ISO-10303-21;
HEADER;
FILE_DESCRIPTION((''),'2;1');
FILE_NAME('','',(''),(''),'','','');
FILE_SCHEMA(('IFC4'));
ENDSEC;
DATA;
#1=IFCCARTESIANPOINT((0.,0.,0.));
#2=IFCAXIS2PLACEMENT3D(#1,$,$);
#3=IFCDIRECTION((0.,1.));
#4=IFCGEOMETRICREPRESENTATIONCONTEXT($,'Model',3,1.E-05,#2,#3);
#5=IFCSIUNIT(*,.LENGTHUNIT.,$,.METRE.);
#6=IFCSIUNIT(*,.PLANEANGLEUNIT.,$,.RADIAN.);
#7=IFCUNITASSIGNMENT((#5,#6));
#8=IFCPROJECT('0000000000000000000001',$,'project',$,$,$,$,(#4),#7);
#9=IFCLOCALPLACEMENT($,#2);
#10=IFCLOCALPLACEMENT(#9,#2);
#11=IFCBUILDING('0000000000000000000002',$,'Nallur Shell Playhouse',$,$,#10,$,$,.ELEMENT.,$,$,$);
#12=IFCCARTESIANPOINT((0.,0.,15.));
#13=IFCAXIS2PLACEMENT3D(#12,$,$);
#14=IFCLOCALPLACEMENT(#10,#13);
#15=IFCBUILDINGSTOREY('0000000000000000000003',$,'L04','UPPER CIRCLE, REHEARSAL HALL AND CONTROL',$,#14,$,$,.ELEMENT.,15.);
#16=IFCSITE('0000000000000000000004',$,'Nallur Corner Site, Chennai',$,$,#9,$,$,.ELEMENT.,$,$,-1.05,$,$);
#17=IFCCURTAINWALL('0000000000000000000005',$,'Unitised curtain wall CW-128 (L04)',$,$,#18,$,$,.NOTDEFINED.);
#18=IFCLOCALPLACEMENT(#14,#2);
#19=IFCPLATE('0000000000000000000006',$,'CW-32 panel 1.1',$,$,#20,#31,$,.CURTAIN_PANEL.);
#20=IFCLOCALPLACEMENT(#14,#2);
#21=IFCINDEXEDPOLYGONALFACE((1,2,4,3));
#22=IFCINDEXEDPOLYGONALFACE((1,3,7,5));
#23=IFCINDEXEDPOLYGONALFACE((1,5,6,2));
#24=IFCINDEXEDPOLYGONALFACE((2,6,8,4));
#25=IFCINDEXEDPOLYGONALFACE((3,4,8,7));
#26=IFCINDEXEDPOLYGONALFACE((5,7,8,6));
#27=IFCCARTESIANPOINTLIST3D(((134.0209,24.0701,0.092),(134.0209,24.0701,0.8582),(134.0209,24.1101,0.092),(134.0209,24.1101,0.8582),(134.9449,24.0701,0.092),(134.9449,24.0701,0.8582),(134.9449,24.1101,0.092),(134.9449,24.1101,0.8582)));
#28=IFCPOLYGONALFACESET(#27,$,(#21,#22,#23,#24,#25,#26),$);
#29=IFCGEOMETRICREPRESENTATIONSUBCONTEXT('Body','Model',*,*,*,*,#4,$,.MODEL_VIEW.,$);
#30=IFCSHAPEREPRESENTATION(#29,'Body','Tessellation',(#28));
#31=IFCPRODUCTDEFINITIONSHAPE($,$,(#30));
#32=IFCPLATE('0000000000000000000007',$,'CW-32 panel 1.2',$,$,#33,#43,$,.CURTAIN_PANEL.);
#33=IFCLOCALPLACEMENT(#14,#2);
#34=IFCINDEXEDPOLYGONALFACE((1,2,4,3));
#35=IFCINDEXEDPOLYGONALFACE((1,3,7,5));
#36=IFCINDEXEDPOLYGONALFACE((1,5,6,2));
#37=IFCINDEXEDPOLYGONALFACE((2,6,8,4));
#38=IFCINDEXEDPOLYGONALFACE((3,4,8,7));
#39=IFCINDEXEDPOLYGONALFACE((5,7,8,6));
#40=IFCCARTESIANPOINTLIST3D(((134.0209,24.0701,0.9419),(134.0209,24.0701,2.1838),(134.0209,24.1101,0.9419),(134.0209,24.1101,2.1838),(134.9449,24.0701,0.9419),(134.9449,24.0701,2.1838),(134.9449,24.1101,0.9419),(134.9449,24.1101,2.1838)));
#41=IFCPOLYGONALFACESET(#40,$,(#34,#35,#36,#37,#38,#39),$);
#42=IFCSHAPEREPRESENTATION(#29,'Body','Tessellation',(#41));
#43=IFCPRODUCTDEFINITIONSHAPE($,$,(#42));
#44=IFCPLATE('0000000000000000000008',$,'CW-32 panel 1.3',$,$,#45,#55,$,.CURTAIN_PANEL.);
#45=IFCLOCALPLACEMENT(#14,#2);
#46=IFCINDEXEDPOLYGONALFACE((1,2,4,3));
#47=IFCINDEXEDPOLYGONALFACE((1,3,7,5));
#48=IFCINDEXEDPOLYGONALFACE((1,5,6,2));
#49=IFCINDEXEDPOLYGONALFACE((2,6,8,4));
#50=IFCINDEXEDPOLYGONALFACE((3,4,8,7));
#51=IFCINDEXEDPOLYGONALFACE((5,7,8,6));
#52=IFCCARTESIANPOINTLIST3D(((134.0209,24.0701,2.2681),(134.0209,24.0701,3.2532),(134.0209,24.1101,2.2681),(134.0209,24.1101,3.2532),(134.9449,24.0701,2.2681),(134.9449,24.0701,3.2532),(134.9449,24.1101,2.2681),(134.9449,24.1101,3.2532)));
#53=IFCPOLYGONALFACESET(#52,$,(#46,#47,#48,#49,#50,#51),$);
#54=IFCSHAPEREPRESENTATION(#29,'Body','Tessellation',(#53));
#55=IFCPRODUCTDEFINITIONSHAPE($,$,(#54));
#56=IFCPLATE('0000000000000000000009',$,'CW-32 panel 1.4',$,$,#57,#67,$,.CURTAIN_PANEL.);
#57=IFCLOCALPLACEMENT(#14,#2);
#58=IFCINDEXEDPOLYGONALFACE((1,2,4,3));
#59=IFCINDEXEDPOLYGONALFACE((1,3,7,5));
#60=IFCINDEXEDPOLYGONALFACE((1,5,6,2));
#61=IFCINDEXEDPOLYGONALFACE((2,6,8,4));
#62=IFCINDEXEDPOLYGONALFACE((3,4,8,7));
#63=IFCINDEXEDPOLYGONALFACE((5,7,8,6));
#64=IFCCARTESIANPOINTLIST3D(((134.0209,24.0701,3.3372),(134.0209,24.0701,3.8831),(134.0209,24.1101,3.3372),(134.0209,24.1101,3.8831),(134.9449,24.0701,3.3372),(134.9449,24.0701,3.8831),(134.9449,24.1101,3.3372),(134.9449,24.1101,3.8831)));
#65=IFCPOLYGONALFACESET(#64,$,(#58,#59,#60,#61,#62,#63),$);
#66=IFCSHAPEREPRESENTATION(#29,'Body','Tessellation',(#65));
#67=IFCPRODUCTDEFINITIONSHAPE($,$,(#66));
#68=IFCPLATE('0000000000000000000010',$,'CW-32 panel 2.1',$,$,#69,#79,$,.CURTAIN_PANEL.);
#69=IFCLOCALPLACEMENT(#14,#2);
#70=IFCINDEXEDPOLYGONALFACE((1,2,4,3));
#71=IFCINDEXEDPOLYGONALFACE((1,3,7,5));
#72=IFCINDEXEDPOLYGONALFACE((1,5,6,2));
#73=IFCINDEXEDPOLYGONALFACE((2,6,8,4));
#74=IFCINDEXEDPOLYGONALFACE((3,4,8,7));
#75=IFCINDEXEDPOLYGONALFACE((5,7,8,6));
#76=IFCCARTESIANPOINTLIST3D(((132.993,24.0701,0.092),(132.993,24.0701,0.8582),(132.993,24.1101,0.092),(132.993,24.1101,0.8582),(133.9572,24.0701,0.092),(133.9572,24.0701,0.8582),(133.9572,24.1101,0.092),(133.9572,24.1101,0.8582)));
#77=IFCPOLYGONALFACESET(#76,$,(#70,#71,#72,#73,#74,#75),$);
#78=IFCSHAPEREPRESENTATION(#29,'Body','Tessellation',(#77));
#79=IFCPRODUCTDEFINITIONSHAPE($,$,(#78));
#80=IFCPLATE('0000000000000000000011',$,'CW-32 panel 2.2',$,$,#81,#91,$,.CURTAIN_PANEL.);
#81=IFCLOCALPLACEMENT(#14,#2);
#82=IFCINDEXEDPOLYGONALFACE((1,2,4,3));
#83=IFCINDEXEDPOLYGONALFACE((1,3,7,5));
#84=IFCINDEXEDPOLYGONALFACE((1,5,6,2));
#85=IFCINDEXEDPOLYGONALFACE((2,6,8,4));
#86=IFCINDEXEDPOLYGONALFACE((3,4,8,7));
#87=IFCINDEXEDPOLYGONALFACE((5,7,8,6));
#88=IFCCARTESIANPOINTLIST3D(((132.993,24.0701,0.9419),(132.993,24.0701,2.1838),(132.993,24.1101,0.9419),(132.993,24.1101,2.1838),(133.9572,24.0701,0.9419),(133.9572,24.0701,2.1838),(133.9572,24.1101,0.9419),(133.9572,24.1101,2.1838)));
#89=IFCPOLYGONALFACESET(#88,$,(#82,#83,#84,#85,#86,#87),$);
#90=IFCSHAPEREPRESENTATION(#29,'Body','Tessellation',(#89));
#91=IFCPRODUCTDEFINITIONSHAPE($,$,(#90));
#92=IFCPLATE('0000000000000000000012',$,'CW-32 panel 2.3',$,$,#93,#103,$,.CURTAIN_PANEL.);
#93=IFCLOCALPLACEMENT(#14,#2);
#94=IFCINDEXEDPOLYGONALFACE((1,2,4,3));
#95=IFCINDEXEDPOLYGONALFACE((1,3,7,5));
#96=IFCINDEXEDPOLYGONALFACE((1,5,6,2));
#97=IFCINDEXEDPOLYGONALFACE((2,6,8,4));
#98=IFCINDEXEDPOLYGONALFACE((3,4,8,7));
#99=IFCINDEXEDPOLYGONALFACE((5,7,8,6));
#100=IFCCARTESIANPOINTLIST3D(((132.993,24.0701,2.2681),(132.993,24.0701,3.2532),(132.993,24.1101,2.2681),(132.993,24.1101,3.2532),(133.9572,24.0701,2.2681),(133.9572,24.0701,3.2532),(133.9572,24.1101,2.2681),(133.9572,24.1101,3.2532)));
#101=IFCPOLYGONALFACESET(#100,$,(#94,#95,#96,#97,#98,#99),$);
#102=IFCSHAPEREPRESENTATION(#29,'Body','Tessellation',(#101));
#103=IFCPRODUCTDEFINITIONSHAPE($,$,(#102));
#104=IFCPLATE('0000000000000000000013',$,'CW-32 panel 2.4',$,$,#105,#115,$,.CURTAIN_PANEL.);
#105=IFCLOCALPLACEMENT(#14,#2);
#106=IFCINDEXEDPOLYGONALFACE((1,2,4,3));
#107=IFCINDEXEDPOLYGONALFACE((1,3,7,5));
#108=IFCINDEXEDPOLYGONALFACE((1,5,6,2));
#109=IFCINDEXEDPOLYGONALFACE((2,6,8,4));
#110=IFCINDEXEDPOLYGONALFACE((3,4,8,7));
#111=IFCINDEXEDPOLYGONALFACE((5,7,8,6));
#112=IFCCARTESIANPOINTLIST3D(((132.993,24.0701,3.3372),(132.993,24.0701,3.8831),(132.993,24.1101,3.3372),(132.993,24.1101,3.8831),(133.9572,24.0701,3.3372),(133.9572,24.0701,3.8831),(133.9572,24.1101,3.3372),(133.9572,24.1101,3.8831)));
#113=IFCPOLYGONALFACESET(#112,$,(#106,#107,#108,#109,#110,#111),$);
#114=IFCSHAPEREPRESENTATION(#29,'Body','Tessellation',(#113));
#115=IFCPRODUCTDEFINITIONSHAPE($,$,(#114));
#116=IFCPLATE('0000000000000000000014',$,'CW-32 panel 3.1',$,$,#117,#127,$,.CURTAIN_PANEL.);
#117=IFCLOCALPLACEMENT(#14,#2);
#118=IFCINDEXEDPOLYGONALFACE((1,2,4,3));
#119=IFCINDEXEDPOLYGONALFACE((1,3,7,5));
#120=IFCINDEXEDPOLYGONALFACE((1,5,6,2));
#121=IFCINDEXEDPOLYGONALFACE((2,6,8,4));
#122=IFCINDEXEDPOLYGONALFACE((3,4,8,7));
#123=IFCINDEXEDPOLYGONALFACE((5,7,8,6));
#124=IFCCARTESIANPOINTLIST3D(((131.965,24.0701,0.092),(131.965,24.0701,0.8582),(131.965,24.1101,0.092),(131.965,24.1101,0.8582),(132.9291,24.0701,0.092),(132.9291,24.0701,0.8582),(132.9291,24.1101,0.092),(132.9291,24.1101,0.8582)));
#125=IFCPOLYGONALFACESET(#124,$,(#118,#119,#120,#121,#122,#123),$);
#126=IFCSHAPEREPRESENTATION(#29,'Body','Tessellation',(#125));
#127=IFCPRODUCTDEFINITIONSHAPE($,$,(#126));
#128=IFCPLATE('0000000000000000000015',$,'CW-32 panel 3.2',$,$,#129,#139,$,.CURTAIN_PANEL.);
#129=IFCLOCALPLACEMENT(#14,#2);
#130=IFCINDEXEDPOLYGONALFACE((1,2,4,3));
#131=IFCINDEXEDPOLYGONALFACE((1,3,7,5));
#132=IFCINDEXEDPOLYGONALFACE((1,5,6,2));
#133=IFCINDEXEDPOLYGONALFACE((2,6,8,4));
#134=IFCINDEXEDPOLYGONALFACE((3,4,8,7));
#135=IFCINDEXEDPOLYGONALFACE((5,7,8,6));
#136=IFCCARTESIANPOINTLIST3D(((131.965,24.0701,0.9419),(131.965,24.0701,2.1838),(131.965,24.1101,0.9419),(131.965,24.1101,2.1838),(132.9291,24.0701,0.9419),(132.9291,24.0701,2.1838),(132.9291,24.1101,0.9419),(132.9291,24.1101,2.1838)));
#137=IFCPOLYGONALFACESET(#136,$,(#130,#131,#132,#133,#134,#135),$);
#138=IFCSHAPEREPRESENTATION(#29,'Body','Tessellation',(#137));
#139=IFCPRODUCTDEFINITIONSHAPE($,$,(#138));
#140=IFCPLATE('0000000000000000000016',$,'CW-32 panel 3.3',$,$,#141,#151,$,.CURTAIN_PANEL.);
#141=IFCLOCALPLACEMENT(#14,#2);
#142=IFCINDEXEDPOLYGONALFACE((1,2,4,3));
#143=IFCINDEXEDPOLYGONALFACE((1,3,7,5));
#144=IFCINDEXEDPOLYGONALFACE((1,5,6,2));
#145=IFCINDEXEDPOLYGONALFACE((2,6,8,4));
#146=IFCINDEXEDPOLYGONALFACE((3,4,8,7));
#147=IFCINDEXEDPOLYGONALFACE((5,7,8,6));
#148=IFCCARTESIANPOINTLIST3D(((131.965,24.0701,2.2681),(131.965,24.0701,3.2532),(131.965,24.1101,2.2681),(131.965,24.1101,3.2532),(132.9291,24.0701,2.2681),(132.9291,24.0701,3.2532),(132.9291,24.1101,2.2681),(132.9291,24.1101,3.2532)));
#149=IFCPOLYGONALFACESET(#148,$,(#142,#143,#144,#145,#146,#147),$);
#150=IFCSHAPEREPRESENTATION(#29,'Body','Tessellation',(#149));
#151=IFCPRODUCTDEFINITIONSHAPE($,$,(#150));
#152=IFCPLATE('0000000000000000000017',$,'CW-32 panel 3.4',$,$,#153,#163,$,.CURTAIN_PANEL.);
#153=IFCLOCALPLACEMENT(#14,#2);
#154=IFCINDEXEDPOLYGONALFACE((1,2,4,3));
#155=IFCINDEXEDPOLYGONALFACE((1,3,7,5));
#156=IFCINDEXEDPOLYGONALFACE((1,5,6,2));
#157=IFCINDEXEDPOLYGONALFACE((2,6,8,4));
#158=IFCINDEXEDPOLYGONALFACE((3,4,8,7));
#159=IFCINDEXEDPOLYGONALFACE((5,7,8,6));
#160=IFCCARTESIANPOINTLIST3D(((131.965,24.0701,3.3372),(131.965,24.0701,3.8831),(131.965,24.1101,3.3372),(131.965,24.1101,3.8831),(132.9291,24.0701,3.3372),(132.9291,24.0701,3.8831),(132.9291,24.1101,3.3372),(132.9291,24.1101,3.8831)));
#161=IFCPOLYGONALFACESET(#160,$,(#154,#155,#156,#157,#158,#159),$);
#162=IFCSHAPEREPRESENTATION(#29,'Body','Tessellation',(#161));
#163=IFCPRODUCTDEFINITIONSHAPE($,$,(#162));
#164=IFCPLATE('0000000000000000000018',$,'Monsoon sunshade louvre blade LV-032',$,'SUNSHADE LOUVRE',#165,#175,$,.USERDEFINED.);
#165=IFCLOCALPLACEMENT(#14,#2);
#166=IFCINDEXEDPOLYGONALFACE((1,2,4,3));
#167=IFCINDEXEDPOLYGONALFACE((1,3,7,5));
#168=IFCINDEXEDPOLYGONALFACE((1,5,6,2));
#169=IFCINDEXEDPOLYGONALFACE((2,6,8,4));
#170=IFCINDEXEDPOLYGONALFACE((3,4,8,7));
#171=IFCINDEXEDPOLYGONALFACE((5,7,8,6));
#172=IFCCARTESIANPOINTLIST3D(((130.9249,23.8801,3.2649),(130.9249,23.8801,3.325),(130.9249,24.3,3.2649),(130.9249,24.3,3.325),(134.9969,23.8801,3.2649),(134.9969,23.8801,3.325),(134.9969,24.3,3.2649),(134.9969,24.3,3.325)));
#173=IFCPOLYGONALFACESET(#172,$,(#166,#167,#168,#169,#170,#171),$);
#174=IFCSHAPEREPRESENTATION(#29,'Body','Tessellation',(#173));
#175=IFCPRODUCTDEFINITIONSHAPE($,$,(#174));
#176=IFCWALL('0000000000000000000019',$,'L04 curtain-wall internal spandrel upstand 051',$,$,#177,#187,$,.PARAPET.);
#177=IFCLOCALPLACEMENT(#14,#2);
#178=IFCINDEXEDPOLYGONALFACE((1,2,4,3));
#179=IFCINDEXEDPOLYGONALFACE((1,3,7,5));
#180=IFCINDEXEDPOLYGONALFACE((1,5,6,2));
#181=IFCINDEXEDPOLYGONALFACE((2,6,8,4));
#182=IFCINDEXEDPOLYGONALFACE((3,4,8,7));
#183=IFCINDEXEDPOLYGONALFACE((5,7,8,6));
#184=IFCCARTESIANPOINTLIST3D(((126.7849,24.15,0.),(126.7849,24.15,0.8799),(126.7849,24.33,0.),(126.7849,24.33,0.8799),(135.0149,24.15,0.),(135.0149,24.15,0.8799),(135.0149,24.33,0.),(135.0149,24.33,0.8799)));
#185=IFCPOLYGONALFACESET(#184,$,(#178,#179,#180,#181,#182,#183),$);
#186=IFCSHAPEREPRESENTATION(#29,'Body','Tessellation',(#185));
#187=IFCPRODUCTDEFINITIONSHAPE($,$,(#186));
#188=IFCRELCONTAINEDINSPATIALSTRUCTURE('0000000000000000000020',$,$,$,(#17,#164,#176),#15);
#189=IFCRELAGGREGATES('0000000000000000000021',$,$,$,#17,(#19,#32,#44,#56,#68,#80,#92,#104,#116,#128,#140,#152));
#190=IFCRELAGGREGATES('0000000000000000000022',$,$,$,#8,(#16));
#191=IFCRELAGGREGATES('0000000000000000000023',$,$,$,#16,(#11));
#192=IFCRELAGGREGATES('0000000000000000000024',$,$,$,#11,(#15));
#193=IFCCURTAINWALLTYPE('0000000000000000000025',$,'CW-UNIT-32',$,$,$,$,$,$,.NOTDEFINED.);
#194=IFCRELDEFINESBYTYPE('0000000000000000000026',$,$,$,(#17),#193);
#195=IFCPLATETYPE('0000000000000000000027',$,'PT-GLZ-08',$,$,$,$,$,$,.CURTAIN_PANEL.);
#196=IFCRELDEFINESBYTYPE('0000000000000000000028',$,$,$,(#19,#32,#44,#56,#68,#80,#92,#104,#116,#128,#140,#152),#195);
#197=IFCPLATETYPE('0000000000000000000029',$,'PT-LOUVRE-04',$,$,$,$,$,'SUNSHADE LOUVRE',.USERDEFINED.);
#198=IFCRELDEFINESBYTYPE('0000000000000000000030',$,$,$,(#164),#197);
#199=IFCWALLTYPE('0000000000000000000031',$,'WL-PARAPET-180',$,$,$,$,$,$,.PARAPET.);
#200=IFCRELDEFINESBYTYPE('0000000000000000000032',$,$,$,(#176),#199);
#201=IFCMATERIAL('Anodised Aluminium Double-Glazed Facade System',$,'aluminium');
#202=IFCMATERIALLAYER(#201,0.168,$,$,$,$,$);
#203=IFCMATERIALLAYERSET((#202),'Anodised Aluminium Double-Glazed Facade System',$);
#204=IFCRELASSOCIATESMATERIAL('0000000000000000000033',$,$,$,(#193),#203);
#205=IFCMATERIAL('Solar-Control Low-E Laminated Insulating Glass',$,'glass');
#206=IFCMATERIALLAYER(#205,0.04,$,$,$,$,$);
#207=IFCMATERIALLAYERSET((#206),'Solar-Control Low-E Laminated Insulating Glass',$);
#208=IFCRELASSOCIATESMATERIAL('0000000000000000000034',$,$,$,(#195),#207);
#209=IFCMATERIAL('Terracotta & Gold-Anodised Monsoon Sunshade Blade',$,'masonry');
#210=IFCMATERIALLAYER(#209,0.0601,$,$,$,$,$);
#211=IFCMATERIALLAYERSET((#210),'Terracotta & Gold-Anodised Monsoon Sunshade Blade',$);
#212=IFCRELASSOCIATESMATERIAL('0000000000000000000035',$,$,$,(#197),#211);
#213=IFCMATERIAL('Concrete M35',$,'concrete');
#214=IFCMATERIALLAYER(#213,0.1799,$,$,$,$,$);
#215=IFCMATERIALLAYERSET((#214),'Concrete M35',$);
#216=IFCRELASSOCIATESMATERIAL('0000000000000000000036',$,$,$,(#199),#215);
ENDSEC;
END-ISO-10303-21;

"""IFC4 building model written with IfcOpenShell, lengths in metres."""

from ifc_helpers import new_model, si_unit, direction, frame, frame_2d, origin, origin_2d, place, context, subcontext, project, spatial, rectangle, extrude, material, layer, layer_set, type_object, element, aggregate, save


model = new_model("IFC4")

# Units and contexts
model_context = context("Model", 3, precision=1e-05, world=origin(), true_north=direction((0.0, 1.0)))
body_context = subcontext(model_context, "Body", "Model", "MODEL_VIEW")
ifc_project = project(units=[si_unit("LENGTHUNIT", "METRE"), si_unit("PLANEANGLEUNIT", "RADIAN")], contexts=[model_context])

# Site, building, storey
site_placement = place(None, origin())
site = spatial("IfcSite", under=ifc_project, at=site_placement, Name="Nallur Corner Site, Chennai", CompositionType="ELEMENT", RefElevation=-1.05)
building_placement = place(site_placement, origin())
building = spatial("IfcBuilding", under=site, at=building_placement, Name="Nallur Shell Playhouse", CompositionType="ELEMENT")
storey_placement = place(building_placement, frame((0.0, 0.0, 15.0)))
storey = spatial("IfcBuildingStorey", under=building, at=storey_placement, Name="L04", Description="UPPER CIRCLE, REHEARSAL HALL AND CONTROL", CompositionType="ELEMENT", Elevation=15.0)

# Shared definitions
ifc_material_1 = material(Name="Concrete M35", Category="concrete")

# Curtain wall, plates
ifc_material_2 = material(Name="Anodised Aluminium Double-Glazed Facade System", Category="aluminium")
ifc_layer_1 = layer(ifc_material_2, 0.168)
ifc_layer_set_1 = layer_set([ifc_layer_1], Name="Anodised Aluminium Double-Glazed Facade System")
curtain_wall_type = type_object("IfcCurtainWallType", Name="CW-UNIT-32", PredefinedType="NOTDEFINED", material=ifc_layer_set_1)
curtain_wall_placement = place(storey_placement, origin())
curtain_wall = element("IfcCurtainWall", 1, at=curtain_wall_placement, inside=storey, type_object=curtain_wall_type, Name="Unitised curtain wall CW-128 (L04)", PredefinedType="NOTDEFINED")
ifc_material_3 = material(Name="Solar-Control Low-E Laminated Insulating Glass", Category="glass")
ifc_layer_2 = layer(ifc_material_3, 0.04)
ifc_layer_set_2 = layer_set([ifc_layer_2], Name="Solar-Control Low-E Laminated Insulating Glass")
plate_type_1 = type_object("IfcPlateType", Name="PT-GLZ-08", PredefinedType="CURTAIN_PANEL", material=ifc_layer_set_2)
plate_1_placement = place(storey_placement, frame((134.4829, 24.0901, 0.092), z_axis=(0.0, 0.0, 1.0), x_axis=(-1.0, 0.0, 0.0)))
plate_1 = element("IfcPlate", 2, at=plate_1_placement, type_object=plate_type_1, Name="CW-32 panel 1.1", PredefinedType="CURTAIN_PANEL", context=body_context, shape_type="SweptSolid", body=[
    extrude(rectangle(XDim=0.9241, YDim=0.04, at=origin_2d()), origin(), (0.0, 0.0, 1.0), 0.7661),
])
plate_2_placement = place(storey_placement, frame((134.4829, 24.0901, 0.9419), z_axis=(0.0, 0.0, 1.0), x_axis=(-1.0, 0.0, 0.0)))
plate_2 = element("IfcPlate", 3, at=plate_2_placement, type_object=plate_type_1, Name="CW-32 panel 1.2", PredefinedType="CURTAIN_PANEL", context=body_context, shape_type="SweptSolid", body=[
    extrude(rectangle(XDim=0.9241, YDim=0.04, at=origin_2d()), origin(), (0.0, 0.0, 1.0), 1.2419),
])
plate_3_placement = place(storey_placement, frame((134.4829, 24.0901, 2.2681), z_axis=(0.0, 0.0, 1.0), x_axis=(-1.0, 0.0, 0.0)))
plate_3 = element("IfcPlate", 4, at=plate_3_placement, type_object=plate_type_1, Name="CW-32 panel 1.3", PredefinedType="CURTAIN_PANEL", context=body_context, shape_type="SweptSolid", body=[
    extrude(rectangle(XDim=0.9241, YDim=0.04, at=origin_2d()), origin(), (0.0, 0.0, 1.0), 0.9851),
])
plate_4_placement = place(storey_placement, frame((134.4829, 24.0901, 3.3372), z_axis=(0.0, 0.0, 1.0), x_axis=(-1.0, 0.0, 0.0)))
plate_4 = element("IfcPlate", 5, at=plate_4_placement, type_object=plate_type_1, Name="CW-32 panel 1.4", PredefinedType="CURTAIN_PANEL", context=body_context, shape_type="SweptSolid", body=[
    extrude(rectangle(XDim=0.9241, YDim=0.04, at=origin_2d()), origin(), (0.0, 0.0, 1.0), 0.5459),
])
plate_5_placement = place(storey_placement, frame((133.4751, 24.0901, 0.092), z_axis=(0.0, 0.0, 1.0), x_axis=(-1.0, 0.0, 0.0)))
plate_5 = element("IfcPlate", 6, at=plate_5_placement, type_object=plate_type_1, Name="CW-32 panel 2.1", PredefinedType="CURTAIN_PANEL", context=body_context, shape_type="SweptSolid", body=[
    extrude(rectangle(XDim=0.9641, YDim=0.04, at=origin_2d()), origin(), (0.0, 0.0, 1.0), 0.7661),
])
plate_6_placement = place(storey_placement, frame((133.4751, 24.0901, 0.9419), z_axis=(0.0, 0.0, 1.0), x_axis=(-1.0, 0.0, 0.0)))
plate_6 = element("IfcPlate", 7, at=plate_6_placement, type_object=plate_type_1, Name="CW-32 panel 2.2", PredefinedType="CURTAIN_PANEL", context=body_context, shape_type="SweptSolid", body=[
    extrude(rectangle(XDim=0.9641, YDim=0.04, at=origin_2d()), origin(), (0.0, 0.0, 1.0), 1.2419),
])
plate_7_placement = place(storey_placement, frame((133.4751, 24.0901, 2.2681), z_axis=(0.0, 0.0, 1.0), x_axis=(-1.0, 0.0, 0.0)))
plate_7 = element("IfcPlate", 8, at=plate_7_placement, type_object=plate_type_1, Name="CW-32 panel 2.3", PredefinedType="CURTAIN_PANEL", context=body_context, shape_type="SweptSolid", body=[
    extrude(rectangle(XDim=0.9641, YDim=0.04, at=origin_2d()), origin(), (0.0, 0.0, 1.0), 0.9851),
])
plate_8_placement = place(storey_placement, frame((133.4751, 24.0901, 3.3372), z_axis=(0.0, 0.0, 1.0), x_axis=(-1.0, 0.0, 0.0)))
plate_8 = element("IfcPlate", 9, at=plate_8_placement, type_object=plate_type_1, Name="CW-32 panel 2.4", PredefinedType="CURTAIN_PANEL", context=body_context, shape_type="SweptSolid", body=[
    extrude(rectangle(XDim=0.9641, YDim=0.04, at=origin_2d()), origin(), (0.0, 0.0, 1.0), 0.5459),
])
plate_9_placement = place(storey_placement, frame((132.447, 24.0901, 0.092), z_axis=(0.0, 0.0, 1.0), x_axis=(-1.0, 0.0, 0.0)))
plate_9 = element("IfcPlate", 10, at=plate_9_placement, type_object=plate_type_1, Name="CW-32 panel 3.1", PredefinedType="CURTAIN_PANEL", context=body_context, shape_type="SweptSolid", body=[
    extrude(rectangle(XDim=0.9641, YDim=0.04, at=origin_2d()), origin(), (0.0, 0.0, 1.0), 0.7661),
])
plate_10_placement = place(storey_placement, frame((132.447, 24.0901, 0.9419), z_axis=(0.0, 0.0, 1.0), x_axis=(-1.0, 0.0, 0.0)))
plate_10 = element("IfcPlate", 11, at=plate_10_placement, type_object=plate_type_1, Name="CW-32 panel 3.2", PredefinedType="CURTAIN_PANEL", context=body_context, shape_type="SweptSolid", body=[
    extrude(rectangle(XDim=0.9641, YDim=0.04, at=origin_2d()), origin(), (0.0, 0.0, 1.0), 1.2419),
])
plate_11_placement = place(storey_placement, frame((132.447, 24.0901, 2.2681), z_axis=(0.0, 0.0, 1.0), x_axis=(-1.0, 0.0, 0.0)))
plate_11 = element("IfcPlate", 12, at=plate_11_placement, type_object=plate_type_1, Name="CW-32 panel 3.3", PredefinedType="CURTAIN_PANEL", context=body_context, shape_type="SweptSolid", body=[
    extrude(rectangle(XDim=0.9641, YDim=0.04, at=origin_2d()), origin(), (0.0, 0.0, 1.0), 0.9851),
])
plate_12_placement = place(storey_placement, frame((132.447, 24.0901, 3.3372), z_axis=(0.0, 0.0, 1.0), x_axis=(-1.0, 0.0, 0.0)))
plate_12 = element("IfcPlate", 13, at=plate_12_placement, type_object=plate_type_1, Name="CW-32 panel 3.4", PredefinedType="CURTAIN_PANEL", context=body_context, shape_type="SweptSolid", body=[
    extrude(rectangle(XDim=0.9641, YDim=0.04, at=origin_2d()), origin(), (0.0, 0.0, 1.0), 0.5459),
])
aggregate(curtain_wall, [plate_1, plate_2, plate_3, plate_4, plate_5, plate_6, plate_7, plate_8, plate_9, plate_10, plate_11, plate_12])

# Plate
ifc_material_4 = material(Name="Terracotta & Gold-Anodised Monsoon Sunshade Blade", Category="masonry")
ifc_layer_3 = layer(ifc_material_4, 0.0601)
ifc_layer_set_3 = layer_set([ifc_layer_3], Name="Terracotta & Gold-Anodised Monsoon Sunshade Blade")
plate_type_2 = type_object("IfcPlateType", Name="PT-LOUVRE-04", ElementType="SUNSHADE LOUVRE", PredefinedType="USERDEFINED", material=ifc_layer_set_3)
plate_13_placement = place(storey_placement, frame((132.9609, 24.0901, 3.2649), z_axis=(0.0, 0.0, 1.0), x_axis=(-1.0, 0.0, 0.0)))
element("IfcPlate", 14, at=plate_13_placement, inside=storey, type_object=plate_type_2, Name="Monsoon sunshade louvre blade LV-032", ObjectType="SUNSHADE LOUVRE", PredefinedType="USERDEFINED", context=body_context, shape_type="SweptSolid", body=[
    extrude(rectangle(XDim=4.072, YDim=0.4199, at=origin_2d()), origin(), (0.0, 0.0, 1.0), 0.0601),
])

# Wall
ifc_layer_4 = layer(ifc_material_1, 0.1799)
ifc_layer_set_4 = layer_set([ifc_layer_4], Name="Concrete M35")
wall_type = type_object("IfcWallType", Name="WL-PARAPET-180", PredefinedType="PARAPET", material=ifc_layer_set_4)
wall_placement = place(storey_placement, frame((135.0149, 24.24, 0.0), z_axis=(0.0, 0.0, 1.0), x_axis=(-1.0, 0.0, 0.0)))
element("IfcWall", 15, at=wall_placement, inside=storey, type_object=wall_type, Name="L04 curtain-wall internal spandrel upstand 051", PredefinedType="PARAPET", context=body_context, shape_type="SweptSolid", body=[
    extrude(rectangle(XDim=8.23, YDim=0.1799, at=frame_2d((4.115, 0.0))), origin(), (0.0, 0.0, 1.0), 0.8799),
])

save(model, "model.ifc")
